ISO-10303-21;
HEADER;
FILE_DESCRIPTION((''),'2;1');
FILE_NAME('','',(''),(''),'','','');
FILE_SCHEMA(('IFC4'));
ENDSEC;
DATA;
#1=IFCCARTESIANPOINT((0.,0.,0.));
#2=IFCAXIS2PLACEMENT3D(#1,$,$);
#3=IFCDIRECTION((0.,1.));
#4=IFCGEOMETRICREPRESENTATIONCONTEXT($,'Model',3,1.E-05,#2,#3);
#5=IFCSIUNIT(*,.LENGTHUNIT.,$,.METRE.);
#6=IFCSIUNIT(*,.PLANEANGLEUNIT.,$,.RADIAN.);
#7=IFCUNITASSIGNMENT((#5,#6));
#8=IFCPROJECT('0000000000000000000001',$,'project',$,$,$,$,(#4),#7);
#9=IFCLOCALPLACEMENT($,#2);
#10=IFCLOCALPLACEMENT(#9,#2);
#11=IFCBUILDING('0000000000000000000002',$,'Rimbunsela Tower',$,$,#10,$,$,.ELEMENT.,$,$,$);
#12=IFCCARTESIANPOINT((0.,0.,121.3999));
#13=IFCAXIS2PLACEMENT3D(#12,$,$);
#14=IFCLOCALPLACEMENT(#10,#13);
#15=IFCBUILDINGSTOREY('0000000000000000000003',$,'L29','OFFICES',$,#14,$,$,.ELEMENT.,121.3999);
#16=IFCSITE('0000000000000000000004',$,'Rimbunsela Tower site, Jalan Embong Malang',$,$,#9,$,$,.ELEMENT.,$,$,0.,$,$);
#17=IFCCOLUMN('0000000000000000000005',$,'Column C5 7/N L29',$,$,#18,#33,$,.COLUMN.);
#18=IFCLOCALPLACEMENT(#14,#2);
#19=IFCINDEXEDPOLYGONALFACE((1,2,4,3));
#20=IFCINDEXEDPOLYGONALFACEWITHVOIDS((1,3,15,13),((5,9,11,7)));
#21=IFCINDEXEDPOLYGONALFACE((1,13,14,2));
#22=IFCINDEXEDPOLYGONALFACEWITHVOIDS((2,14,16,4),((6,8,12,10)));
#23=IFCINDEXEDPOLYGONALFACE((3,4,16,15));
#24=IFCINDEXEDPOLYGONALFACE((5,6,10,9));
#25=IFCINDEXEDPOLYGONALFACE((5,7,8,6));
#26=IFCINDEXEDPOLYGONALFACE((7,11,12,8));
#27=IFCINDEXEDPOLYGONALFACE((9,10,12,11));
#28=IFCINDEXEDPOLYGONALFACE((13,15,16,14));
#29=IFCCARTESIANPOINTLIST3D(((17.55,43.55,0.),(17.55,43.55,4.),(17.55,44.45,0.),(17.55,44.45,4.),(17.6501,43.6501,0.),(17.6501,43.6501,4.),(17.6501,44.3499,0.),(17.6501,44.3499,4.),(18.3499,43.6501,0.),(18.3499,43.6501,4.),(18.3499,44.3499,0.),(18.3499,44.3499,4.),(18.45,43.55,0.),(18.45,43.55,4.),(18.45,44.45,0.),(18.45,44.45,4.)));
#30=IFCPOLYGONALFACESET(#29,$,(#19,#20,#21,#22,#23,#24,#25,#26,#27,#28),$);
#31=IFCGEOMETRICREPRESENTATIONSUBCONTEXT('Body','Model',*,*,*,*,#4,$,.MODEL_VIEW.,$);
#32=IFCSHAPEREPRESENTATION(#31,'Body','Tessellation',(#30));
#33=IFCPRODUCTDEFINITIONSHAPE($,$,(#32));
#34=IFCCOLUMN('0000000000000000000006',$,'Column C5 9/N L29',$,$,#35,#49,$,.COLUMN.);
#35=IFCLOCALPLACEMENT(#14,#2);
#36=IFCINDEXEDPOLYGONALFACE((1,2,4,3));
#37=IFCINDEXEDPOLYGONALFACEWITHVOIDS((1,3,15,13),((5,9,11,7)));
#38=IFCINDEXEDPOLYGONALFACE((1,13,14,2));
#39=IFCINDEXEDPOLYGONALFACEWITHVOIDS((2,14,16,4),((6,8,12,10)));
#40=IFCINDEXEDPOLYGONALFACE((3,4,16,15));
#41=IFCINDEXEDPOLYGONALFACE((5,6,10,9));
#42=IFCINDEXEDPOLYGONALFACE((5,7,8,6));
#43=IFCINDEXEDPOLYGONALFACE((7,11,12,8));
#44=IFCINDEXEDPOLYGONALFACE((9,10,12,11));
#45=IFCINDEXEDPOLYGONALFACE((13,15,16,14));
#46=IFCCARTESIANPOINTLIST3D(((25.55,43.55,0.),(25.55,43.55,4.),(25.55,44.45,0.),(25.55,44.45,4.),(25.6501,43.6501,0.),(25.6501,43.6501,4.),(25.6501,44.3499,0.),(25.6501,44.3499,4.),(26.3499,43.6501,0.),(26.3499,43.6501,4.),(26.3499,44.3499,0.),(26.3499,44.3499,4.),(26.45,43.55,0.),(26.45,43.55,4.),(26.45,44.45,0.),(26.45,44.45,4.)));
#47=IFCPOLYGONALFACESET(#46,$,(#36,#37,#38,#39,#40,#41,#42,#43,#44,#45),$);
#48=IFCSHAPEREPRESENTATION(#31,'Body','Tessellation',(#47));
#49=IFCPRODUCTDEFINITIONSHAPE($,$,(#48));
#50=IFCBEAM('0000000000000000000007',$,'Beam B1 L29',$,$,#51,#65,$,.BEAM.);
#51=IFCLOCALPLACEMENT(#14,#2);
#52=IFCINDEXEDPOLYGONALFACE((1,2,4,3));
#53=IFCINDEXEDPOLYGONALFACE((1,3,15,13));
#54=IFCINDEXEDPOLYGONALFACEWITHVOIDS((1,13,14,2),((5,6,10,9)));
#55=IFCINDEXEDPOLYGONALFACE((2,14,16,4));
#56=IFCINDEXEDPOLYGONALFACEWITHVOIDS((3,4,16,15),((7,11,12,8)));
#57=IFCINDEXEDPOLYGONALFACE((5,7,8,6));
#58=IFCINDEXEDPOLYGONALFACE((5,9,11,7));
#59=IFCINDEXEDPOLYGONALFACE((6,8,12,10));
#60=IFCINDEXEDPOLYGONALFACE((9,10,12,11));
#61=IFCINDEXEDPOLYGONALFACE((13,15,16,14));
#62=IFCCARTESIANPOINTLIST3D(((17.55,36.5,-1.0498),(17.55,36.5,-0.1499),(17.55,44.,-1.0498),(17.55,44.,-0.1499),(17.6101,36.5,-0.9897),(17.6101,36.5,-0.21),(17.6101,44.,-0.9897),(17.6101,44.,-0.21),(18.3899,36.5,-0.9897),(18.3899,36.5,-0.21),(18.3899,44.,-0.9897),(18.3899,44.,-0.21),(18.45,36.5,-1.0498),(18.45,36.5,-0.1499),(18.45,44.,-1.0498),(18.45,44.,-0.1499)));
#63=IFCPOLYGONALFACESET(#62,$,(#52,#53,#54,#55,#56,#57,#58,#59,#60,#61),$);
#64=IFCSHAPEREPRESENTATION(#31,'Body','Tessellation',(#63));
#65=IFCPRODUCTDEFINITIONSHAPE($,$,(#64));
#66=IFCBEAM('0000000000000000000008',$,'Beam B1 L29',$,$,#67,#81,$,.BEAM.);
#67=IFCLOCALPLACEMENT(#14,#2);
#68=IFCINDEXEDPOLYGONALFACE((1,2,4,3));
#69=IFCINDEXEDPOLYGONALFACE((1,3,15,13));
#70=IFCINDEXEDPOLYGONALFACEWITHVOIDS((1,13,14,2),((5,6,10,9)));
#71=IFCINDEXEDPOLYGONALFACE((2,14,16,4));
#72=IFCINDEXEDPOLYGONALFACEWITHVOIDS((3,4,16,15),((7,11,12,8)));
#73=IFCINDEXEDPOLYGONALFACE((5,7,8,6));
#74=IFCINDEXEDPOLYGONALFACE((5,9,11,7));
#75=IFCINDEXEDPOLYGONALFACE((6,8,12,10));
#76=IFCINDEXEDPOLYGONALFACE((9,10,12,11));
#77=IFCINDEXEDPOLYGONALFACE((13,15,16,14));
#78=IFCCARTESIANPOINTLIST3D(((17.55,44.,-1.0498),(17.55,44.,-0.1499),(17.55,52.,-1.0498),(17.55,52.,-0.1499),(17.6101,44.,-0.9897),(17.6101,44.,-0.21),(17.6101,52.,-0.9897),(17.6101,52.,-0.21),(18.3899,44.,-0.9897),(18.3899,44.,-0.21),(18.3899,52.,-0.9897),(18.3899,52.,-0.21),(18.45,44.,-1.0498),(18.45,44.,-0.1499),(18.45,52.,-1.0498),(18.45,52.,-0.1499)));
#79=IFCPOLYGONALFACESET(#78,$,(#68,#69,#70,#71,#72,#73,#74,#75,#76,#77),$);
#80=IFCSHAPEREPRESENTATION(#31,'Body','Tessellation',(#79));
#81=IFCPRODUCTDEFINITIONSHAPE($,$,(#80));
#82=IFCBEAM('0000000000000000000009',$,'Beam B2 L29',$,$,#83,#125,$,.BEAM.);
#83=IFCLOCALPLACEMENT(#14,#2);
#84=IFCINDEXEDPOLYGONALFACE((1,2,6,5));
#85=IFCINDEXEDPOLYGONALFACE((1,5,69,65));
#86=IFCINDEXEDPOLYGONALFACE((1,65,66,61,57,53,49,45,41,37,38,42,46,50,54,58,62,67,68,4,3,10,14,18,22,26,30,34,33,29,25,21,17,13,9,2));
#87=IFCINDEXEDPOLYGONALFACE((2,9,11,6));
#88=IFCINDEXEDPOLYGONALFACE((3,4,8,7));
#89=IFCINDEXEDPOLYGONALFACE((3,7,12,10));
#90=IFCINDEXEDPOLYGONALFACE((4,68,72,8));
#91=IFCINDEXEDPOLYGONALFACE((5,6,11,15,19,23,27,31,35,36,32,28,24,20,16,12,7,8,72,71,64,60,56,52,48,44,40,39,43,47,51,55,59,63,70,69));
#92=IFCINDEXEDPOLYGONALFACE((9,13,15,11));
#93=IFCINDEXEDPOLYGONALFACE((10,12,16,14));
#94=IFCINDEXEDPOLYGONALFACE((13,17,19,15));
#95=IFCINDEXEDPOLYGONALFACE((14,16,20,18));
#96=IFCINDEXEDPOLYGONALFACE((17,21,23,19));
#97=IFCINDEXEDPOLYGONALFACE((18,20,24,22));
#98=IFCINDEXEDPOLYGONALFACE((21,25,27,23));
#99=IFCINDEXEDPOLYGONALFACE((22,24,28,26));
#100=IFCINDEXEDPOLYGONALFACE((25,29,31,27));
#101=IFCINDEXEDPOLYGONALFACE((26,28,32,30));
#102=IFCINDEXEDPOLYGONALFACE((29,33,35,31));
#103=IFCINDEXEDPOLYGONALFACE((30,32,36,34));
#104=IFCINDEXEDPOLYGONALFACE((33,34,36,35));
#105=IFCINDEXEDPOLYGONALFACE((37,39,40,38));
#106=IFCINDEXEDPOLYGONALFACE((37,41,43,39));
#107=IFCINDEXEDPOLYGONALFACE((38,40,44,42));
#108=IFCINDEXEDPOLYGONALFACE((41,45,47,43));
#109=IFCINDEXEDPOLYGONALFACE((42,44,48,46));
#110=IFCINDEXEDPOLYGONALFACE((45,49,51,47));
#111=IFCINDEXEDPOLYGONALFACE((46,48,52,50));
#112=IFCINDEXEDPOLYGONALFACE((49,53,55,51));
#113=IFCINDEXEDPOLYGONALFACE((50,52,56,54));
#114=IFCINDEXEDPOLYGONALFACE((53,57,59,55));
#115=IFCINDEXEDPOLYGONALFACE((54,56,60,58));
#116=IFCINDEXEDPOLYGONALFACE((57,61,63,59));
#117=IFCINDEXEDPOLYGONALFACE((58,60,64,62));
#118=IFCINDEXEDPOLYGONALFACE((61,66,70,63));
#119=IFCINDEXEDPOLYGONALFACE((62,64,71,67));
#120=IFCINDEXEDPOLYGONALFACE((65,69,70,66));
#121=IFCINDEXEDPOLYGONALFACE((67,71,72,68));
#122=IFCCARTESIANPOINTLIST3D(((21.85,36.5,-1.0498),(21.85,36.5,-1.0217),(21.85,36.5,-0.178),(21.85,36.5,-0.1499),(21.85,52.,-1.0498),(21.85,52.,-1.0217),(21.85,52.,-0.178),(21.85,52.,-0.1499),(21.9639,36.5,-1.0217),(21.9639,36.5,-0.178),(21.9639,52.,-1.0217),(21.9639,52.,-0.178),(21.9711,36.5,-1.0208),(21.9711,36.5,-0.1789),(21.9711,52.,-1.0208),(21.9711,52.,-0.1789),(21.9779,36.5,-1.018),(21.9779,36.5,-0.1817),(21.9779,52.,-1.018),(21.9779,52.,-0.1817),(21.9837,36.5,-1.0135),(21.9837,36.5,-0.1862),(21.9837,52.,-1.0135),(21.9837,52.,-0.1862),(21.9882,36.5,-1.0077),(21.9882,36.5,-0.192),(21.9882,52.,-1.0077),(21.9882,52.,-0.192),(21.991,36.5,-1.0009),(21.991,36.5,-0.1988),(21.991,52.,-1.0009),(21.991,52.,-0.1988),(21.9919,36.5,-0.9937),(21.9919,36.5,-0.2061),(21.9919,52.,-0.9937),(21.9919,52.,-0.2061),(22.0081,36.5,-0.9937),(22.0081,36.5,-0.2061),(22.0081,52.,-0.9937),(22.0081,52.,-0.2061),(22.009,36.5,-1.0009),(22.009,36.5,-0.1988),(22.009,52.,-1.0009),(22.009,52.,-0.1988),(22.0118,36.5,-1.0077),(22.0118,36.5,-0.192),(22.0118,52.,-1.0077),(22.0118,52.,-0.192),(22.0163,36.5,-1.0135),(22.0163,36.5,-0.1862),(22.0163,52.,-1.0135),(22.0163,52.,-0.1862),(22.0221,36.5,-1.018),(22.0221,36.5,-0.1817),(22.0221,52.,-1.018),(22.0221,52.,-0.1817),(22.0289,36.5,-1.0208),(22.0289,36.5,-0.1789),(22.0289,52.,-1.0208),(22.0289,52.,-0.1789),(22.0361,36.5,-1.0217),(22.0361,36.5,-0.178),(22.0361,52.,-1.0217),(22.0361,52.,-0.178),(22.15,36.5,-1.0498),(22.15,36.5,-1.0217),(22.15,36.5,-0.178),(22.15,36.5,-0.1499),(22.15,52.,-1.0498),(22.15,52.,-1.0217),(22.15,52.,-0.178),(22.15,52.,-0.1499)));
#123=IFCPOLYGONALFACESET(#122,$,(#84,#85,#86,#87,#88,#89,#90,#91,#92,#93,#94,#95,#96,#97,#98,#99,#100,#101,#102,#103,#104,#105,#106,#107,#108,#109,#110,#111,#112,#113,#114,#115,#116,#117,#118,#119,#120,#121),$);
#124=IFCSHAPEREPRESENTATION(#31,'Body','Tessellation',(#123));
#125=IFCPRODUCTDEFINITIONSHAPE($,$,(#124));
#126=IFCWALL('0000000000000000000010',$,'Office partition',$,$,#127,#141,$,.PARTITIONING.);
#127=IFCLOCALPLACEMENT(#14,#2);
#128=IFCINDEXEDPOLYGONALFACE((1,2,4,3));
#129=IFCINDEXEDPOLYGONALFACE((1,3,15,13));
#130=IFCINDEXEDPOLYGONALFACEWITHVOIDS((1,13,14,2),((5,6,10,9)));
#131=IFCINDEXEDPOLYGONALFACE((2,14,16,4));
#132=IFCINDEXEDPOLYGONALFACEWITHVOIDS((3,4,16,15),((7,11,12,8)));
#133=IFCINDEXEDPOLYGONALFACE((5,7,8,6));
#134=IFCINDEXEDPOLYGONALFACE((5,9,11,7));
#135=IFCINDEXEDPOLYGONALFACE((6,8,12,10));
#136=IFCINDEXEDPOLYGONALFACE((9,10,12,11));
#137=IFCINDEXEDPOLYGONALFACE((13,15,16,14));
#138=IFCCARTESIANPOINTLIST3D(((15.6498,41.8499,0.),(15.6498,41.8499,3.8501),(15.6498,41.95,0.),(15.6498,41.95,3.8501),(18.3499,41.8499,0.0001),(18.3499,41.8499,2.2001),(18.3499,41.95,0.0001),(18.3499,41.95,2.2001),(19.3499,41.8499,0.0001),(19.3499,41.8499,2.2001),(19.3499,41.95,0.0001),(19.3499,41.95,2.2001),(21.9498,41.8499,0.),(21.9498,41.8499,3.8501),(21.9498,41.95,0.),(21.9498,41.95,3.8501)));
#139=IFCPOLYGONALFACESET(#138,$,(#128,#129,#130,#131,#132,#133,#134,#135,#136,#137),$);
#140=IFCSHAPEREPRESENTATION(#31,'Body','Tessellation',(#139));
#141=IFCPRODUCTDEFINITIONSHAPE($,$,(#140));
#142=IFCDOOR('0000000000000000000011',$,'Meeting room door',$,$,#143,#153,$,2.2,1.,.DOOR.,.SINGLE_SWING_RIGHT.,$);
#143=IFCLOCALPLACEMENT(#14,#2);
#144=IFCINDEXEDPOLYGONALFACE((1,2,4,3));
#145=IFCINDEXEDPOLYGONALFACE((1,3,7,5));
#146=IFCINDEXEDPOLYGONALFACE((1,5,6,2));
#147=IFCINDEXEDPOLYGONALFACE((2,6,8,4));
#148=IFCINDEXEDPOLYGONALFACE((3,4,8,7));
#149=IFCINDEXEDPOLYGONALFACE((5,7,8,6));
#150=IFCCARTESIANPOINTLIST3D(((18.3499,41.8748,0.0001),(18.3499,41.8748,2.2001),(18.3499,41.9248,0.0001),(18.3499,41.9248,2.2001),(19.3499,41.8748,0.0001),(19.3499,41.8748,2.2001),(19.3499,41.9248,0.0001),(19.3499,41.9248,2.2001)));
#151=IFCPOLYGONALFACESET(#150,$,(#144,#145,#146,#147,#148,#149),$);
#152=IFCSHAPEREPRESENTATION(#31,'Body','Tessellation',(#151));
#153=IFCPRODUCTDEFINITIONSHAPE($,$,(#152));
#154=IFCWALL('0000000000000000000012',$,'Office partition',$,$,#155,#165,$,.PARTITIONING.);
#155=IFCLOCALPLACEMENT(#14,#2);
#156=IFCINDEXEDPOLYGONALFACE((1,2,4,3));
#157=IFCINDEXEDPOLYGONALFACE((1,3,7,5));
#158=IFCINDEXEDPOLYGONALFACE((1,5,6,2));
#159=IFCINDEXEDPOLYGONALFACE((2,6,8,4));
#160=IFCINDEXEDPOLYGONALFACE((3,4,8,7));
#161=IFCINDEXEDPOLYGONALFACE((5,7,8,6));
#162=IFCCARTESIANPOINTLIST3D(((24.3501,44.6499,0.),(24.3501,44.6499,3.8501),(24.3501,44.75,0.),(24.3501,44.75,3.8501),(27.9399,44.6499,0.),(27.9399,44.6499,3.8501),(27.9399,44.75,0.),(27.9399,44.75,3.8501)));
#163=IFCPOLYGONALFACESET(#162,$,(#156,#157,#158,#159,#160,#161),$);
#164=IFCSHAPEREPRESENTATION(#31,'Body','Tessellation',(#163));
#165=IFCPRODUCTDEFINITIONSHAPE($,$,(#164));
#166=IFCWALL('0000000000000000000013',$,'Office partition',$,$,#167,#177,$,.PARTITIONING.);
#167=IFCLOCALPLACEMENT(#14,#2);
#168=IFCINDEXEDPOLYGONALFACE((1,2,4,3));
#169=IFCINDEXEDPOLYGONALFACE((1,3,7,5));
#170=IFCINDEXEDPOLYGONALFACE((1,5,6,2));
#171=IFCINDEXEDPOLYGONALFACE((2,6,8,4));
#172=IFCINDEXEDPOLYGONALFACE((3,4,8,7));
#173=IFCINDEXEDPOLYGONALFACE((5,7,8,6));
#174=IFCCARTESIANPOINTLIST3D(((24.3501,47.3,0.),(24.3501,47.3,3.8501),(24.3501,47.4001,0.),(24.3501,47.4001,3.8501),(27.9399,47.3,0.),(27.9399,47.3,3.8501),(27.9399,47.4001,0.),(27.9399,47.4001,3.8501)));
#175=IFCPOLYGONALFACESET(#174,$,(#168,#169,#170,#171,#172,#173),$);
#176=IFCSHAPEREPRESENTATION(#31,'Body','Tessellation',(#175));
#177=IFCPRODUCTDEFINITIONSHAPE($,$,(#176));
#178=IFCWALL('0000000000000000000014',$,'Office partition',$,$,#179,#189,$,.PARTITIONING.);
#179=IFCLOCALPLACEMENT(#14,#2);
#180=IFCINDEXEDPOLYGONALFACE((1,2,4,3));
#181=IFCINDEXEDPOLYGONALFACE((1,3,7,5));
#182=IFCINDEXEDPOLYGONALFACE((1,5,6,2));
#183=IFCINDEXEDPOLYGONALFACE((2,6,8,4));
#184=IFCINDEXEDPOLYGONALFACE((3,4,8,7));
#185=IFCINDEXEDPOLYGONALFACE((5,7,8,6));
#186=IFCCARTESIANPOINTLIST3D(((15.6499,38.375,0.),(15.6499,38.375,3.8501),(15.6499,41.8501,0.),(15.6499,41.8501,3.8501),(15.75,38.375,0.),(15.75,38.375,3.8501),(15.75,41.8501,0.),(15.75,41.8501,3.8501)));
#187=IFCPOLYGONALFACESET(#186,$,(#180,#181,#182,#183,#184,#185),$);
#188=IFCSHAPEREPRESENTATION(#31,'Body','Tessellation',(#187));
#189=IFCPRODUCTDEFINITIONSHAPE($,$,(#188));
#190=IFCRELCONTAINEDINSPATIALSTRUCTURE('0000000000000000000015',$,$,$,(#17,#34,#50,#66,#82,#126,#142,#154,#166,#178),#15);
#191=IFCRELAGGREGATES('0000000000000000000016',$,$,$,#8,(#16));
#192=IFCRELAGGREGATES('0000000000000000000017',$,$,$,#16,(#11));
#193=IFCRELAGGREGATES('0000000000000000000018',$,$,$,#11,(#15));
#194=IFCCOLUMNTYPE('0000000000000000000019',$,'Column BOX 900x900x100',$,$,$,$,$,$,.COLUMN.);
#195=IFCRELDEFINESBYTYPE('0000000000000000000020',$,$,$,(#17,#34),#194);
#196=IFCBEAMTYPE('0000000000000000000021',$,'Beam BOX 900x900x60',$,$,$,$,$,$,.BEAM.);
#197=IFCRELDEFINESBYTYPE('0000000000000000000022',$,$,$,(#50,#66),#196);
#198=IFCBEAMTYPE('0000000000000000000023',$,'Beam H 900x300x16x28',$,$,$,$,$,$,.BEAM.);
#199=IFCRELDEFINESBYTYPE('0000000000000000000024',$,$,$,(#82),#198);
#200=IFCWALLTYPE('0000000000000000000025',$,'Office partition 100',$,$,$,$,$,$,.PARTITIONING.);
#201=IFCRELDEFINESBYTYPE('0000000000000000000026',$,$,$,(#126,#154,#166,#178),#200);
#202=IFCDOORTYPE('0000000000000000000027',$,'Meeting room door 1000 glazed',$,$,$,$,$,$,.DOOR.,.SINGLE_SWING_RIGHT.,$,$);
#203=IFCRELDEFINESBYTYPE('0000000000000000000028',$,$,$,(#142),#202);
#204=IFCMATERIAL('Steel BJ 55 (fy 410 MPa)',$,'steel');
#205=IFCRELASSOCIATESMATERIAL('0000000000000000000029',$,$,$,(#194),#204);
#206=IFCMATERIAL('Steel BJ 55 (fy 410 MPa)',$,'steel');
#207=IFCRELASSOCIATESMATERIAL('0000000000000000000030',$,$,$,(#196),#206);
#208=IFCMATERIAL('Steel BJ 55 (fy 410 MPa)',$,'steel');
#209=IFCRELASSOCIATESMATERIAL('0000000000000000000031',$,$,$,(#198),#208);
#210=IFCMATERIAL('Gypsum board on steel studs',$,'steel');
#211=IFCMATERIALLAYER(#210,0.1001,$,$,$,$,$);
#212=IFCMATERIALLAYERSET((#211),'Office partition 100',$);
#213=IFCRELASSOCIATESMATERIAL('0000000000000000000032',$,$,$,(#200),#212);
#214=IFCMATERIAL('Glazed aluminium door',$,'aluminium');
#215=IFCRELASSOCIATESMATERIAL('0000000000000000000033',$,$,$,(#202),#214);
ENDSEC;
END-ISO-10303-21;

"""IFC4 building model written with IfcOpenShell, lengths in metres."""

from ifc_helpers import new_model, si_unit, direction, frame, frame_2d, origin, origin_2d, place, context, subcontext, project, spatial, rectangle, hollow_rectangle, i_section, extrude, material, layer, layer_set, material_profile, profile_set, type_object, element, fill, save


model = new_model("IFC4")

# Units and contexts
model_context = context("Model", 3, precision=1e-05, world=origin(), true_north=direction((0.0, 1.0)))
body_context = subcontext(model_context, "Body", "Model", "MODEL_VIEW")
ifc_project = project(units=[si_unit("LENGTHUNIT", "METRE"), si_unit("PLANEANGLEUNIT", "RADIAN")], contexts=[model_context])

# Site, building, storey
site_placement = place(None, origin())
site = spatial("IfcSite", under=ifc_project, at=site_placement, Name="Rimbunsela Tower site, Jalan Embong Malang", CompositionType="ELEMENT", RefElevation=0.0)
building_placement = place(site_placement, origin())
building = spatial("IfcBuilding", under=site, at=building_placement, Name="Rimbunsela Tower", CompositionType="ELEMENT")
storey_placement = place(building_placement, frame((0.0, 0.0, 121.3999)))
storey = spatial("IfcBuildingStorey", under=building, at=storey_placement, Name="L29", Description="OFFICES", CompositionType="ELEMENT", Elevation=121.3999)

# Columns
ifc_material_1 = material(Name="Steel BJ 55 (fy 410 MPa)", Category="steel")
ifc_material_profile_1 = material_profile(ifc_material_1, hollow_rectangle(XDim=0.8999, YDim=0.8999, WallThickness=0.1001, at=origin_2d()), Name="BOX 900x900x100")
ifc_profile_set_1 = profile_set([ifc_material_profile_1], Name="Steel BJ 55 (fy 410 MPa)")
column_type = type_object("IfcColumnType", Name="Column BOX 900x900x100", PredefinedType="COLUMN", material=ifc_profile_set_1)
for number, where, z_axis, x_axis, name in (
    (1, (18.0, 44.0, 0.0), (0.0, 0.0, 1.0), (1.0, 0.0, 0.0), "Column C5 7/N L29"),
    (2, (26.0, 44.0, 0.0), (0.0, 0.0, 1.0), (1.0, 0.0, 0.0), "Column C5 9/N L29"),
):
    element("IfcColumn", number, at=place(storey_placement, frame(where, z_axis=z_axis, x_axis=x_axis)), inside=storey, type_object=column_type, Name=name, PredefinedType="COLUMN", context=body_context, shape_type="SweptSolid", body=[
        extrude(hollow_rectangle(XDim=0.8999, YDim=0.8999, WallThickness=0.1001, at=origin_2d()), origin(), (0.0, 0.0, 1.0), 4.0),
    ])

# Beams
ifc_material_2 = material(Name="Steel BJ 55 (fy 410 MPa)", Category="steel")
ifc_material_profile_2 = material_profile(ifc_material_2, hollow_rectangle(XDim=0.8999, YDim=0.8999, WallThickness=0.0601, at=origin_2d()), Name="BOX 900x900x60")
ifc_profile_set_2 = profile_set([ifc_material_profile_2], Name="Steel BJ 55 (fy 410 MPa)")
beam_type_1 = type_object("IfcBeamType", Name="Beam BOX 900x900x60", PredefinedType="BEAM", material=ifc_profile_set_2)
beam_1_placement = place(storey_placement, frame((18.0, 36.5, -0.5999), z_axis=(0.0, 1.0, 0.0), x_axis=(-1.0, 0.0, 0.0)))
element("IfcBeam", 3, at=beam_1_placement, inside=storey, type_object=beam_type_1, Name="Beam B1 L29", PredefinedType="BEAM", context=body_context, shape_type="SweptSolid", body=[
    extrude(hollow_rectangle(XDim=0.8999, YDim=0.8999, WallThickness=0.0601, at=origin_2d()), origin(), (0.0, 0.0, 1.0), 7.5),
])
beam_2_placement = place(storey_placement, frame((18.0, 44.0, -0.5999), z_axis=(0.0, 1.0, 0.0), x_axis=(-1.0, 0.0, 0.0)))
element("IfcBeam", 4, at=beam_2_placement, inside=storey, type_object=beam_type_1, Name="Beam B1 L29", PredefinedType="BEAM", context=body_context, shape_type="SweptSolid", body=[
    extrude(hollow_rectangle(XDim=0.8999, YDim=0.8999, WallThickness=0.0601, at=origin_2d()), origin(), (0.0, 0.0, 1.0), 8.0),
])
ifc_material_3 = material(Name="Steel BJ 55 (fy 410 MPa)", Category="steel")
ifc_material_profile_3 = material_profile(ifc_material_3, i_section(OverallWidth=0.3, OverallDepth=0.8999, WebThickness=0.0161, FlangeThickness=0.0281, FilletRadius=0.0281, at=origin_2d()), Name="H 900x300x16x28")
ifc_profile_set_3 = profile_set([ifc_material_profile_3], Name="Steel BJ 55 (fy 410 MPa)")
beam_type_2 = type_object("IfcBeamType", Name="Beam H 900x300x16x28", PredefinedType="BEAM", material=ifc_profile_set_3)
beam_3_placement = place(storey_placement, frame((22.0, 36.5, -0.5999), z_axis=(0.0, 1.0, 0.0), x_axis=(-1.0, 0.0, 0.0)))
element("IfcBeam", 5, at=beam_3_placement, inside=storey, type_object=beam_type_2, Name="Beam B2 L29", PredefinedType="BEAM", context=body_context, shape_type="SweptSolid", body=[
    extrude(i_section(OverallWidth=0.3, OverallDepth=0.8999, WebThickness=0.0161, FlangeThickness=0.0281, FilletRadius=0.0281, at=origin_2d()), origin(), (0.0, 0.0, 1.0), 15.5),
])

# Wall, opening, door
ifc_material_4 = material(Name="Gypsum board on steel studs", Category="steel")
ifc_layer_1 = layer(ifc_material_4, 0.1001)
ifc_layer_set_1 = layer_set([ifc_layer_1], Name="Office partition 100")
wall_type_1 = type_object("IfcWallType", Name="Office partition 100", PredefinedType="PARTITIONING", material=ifc_layer_set_1)
wall_1_placement = place(storey_placement, frame((15.6499, 41.8999, 0.0), z_axis=(0.0, 0.0, 1.0), x_axis=(1.0, 0.0, 0.0)))
wall_1 = element("IfcWall", 6, at=wall_1_placement, inside=storey, type_object=wall_type_1, Name="Office partition", PredefinedType="PARTITIONING", context=body_context, shape_type="SweptSolid", body=[
    extrude(rectangle(XDim=6.3, YDim=0.1001, at=frame_2d((3.1499, 0.0))), origin(), (0.0, 0.0, 1.0), 3.8501),
])
opening_1_placement = place(wall_1_placement, frame((2.7, 0.0, 0.0)))
opening_1 = element("IfcOpeningElement", 7, at=opening_1_placement, cuts=wall_1, PredefinedType="OPENING", context=body_context, shape_type="SweptSolid", body=[
    extrude(rectangle(XDim=1.0, YDim=2.2, at=frame_2d((0.5, 1.1001))), frame((0.0, 0.0601, 0.0), z_axis=(0.0, -1.0, 0.0), x_axis=(1.0, 0.0, 0.0)), (0.0, 0.0, 1.0), 0.1201),
])
ifc_material_5 = material(Name="Glazed aluminium door", Category="aluminium")
door_type_1 = type_object("IfcDoorType", Name="Meeting room door 1000 glazed", OperationType="SINGLE_SWING_RIGHT", PredefinedType="DOOR", material=ifc_material_5)
door_1_placement = place(opening_1_placement, origin())
door_1 = element("IfcDoor", 8, at=door_1_placement, inside=storey, type_object=door_type_1, Name="Meeting room door", OperationType="SINGLE_SWING_RIGHT", OverallHeight=2.2, OverallWidth=1.0, PredefinedType="DOOR", context=body_context, shape_type="SweptSolid", body=[
    extrude(rectangle(XDim=1.0, YDim=2.2, at=frame_2d((0.5, 1.1001))), frame((0.0, 0.0249, 0.0), z_axis=(0.0, -1.0, 0.0), x_axis=(1.0, 0.0, 0.0)), (0.0, 0.0, 1.0), 0.05),
])
fill(opening_1, door_1)

# Walls
for number, where, z_axis, x_axis, name in (
    (9, (24.3501, 44.7, 0.0), (0.0, 0.0, 1.0), (1.0, 0.0, 0.0), "Office partition"),
    (10, (24.3501, 47.3501, 0.0), (0.0, 0.0, 1.0), (1.0, 0.0, 0.0), "Office partition"),
):
    element("IfcWall", number, at=place(storey_placement, frame(where, z_axis=z_axis, x_axis=x_axis)), inside=storey, type_object=wall_type_1, Name=name, PredefinedType="PARTITIONING", context=body_context, shape_type="SweptSolid", body=[
        extrude(rectangle(XDim=3.5898, YDim=0.1001, at=frame_2d((1.7949, 0.0))), origin(), (0.0, 0.0, 1.0), 3.8501),
    ])
wall_2_placement = place(storey_placement, frame((15.7, 38.375, 0.0), z_axis=(0.0, 0.0, 1.0), x_axis=(0.0, 1.0, 0.0)))
element("IfcWall", 11, at=wall_2_placement, inside=storey, type_object=wall_type_1, Name="Office partition", PredefinedType="PARTITIONING", context=body_context, shape_type="SweptSolid", body=[
    extrude(rectangle(XDim=3.4751, YDim=0.1001, at=frame_2d((1.7375, 0.0))), origin(), (0.0, 0.0, 1.0), 3.8501),
])

save(model, "model.ifc")
